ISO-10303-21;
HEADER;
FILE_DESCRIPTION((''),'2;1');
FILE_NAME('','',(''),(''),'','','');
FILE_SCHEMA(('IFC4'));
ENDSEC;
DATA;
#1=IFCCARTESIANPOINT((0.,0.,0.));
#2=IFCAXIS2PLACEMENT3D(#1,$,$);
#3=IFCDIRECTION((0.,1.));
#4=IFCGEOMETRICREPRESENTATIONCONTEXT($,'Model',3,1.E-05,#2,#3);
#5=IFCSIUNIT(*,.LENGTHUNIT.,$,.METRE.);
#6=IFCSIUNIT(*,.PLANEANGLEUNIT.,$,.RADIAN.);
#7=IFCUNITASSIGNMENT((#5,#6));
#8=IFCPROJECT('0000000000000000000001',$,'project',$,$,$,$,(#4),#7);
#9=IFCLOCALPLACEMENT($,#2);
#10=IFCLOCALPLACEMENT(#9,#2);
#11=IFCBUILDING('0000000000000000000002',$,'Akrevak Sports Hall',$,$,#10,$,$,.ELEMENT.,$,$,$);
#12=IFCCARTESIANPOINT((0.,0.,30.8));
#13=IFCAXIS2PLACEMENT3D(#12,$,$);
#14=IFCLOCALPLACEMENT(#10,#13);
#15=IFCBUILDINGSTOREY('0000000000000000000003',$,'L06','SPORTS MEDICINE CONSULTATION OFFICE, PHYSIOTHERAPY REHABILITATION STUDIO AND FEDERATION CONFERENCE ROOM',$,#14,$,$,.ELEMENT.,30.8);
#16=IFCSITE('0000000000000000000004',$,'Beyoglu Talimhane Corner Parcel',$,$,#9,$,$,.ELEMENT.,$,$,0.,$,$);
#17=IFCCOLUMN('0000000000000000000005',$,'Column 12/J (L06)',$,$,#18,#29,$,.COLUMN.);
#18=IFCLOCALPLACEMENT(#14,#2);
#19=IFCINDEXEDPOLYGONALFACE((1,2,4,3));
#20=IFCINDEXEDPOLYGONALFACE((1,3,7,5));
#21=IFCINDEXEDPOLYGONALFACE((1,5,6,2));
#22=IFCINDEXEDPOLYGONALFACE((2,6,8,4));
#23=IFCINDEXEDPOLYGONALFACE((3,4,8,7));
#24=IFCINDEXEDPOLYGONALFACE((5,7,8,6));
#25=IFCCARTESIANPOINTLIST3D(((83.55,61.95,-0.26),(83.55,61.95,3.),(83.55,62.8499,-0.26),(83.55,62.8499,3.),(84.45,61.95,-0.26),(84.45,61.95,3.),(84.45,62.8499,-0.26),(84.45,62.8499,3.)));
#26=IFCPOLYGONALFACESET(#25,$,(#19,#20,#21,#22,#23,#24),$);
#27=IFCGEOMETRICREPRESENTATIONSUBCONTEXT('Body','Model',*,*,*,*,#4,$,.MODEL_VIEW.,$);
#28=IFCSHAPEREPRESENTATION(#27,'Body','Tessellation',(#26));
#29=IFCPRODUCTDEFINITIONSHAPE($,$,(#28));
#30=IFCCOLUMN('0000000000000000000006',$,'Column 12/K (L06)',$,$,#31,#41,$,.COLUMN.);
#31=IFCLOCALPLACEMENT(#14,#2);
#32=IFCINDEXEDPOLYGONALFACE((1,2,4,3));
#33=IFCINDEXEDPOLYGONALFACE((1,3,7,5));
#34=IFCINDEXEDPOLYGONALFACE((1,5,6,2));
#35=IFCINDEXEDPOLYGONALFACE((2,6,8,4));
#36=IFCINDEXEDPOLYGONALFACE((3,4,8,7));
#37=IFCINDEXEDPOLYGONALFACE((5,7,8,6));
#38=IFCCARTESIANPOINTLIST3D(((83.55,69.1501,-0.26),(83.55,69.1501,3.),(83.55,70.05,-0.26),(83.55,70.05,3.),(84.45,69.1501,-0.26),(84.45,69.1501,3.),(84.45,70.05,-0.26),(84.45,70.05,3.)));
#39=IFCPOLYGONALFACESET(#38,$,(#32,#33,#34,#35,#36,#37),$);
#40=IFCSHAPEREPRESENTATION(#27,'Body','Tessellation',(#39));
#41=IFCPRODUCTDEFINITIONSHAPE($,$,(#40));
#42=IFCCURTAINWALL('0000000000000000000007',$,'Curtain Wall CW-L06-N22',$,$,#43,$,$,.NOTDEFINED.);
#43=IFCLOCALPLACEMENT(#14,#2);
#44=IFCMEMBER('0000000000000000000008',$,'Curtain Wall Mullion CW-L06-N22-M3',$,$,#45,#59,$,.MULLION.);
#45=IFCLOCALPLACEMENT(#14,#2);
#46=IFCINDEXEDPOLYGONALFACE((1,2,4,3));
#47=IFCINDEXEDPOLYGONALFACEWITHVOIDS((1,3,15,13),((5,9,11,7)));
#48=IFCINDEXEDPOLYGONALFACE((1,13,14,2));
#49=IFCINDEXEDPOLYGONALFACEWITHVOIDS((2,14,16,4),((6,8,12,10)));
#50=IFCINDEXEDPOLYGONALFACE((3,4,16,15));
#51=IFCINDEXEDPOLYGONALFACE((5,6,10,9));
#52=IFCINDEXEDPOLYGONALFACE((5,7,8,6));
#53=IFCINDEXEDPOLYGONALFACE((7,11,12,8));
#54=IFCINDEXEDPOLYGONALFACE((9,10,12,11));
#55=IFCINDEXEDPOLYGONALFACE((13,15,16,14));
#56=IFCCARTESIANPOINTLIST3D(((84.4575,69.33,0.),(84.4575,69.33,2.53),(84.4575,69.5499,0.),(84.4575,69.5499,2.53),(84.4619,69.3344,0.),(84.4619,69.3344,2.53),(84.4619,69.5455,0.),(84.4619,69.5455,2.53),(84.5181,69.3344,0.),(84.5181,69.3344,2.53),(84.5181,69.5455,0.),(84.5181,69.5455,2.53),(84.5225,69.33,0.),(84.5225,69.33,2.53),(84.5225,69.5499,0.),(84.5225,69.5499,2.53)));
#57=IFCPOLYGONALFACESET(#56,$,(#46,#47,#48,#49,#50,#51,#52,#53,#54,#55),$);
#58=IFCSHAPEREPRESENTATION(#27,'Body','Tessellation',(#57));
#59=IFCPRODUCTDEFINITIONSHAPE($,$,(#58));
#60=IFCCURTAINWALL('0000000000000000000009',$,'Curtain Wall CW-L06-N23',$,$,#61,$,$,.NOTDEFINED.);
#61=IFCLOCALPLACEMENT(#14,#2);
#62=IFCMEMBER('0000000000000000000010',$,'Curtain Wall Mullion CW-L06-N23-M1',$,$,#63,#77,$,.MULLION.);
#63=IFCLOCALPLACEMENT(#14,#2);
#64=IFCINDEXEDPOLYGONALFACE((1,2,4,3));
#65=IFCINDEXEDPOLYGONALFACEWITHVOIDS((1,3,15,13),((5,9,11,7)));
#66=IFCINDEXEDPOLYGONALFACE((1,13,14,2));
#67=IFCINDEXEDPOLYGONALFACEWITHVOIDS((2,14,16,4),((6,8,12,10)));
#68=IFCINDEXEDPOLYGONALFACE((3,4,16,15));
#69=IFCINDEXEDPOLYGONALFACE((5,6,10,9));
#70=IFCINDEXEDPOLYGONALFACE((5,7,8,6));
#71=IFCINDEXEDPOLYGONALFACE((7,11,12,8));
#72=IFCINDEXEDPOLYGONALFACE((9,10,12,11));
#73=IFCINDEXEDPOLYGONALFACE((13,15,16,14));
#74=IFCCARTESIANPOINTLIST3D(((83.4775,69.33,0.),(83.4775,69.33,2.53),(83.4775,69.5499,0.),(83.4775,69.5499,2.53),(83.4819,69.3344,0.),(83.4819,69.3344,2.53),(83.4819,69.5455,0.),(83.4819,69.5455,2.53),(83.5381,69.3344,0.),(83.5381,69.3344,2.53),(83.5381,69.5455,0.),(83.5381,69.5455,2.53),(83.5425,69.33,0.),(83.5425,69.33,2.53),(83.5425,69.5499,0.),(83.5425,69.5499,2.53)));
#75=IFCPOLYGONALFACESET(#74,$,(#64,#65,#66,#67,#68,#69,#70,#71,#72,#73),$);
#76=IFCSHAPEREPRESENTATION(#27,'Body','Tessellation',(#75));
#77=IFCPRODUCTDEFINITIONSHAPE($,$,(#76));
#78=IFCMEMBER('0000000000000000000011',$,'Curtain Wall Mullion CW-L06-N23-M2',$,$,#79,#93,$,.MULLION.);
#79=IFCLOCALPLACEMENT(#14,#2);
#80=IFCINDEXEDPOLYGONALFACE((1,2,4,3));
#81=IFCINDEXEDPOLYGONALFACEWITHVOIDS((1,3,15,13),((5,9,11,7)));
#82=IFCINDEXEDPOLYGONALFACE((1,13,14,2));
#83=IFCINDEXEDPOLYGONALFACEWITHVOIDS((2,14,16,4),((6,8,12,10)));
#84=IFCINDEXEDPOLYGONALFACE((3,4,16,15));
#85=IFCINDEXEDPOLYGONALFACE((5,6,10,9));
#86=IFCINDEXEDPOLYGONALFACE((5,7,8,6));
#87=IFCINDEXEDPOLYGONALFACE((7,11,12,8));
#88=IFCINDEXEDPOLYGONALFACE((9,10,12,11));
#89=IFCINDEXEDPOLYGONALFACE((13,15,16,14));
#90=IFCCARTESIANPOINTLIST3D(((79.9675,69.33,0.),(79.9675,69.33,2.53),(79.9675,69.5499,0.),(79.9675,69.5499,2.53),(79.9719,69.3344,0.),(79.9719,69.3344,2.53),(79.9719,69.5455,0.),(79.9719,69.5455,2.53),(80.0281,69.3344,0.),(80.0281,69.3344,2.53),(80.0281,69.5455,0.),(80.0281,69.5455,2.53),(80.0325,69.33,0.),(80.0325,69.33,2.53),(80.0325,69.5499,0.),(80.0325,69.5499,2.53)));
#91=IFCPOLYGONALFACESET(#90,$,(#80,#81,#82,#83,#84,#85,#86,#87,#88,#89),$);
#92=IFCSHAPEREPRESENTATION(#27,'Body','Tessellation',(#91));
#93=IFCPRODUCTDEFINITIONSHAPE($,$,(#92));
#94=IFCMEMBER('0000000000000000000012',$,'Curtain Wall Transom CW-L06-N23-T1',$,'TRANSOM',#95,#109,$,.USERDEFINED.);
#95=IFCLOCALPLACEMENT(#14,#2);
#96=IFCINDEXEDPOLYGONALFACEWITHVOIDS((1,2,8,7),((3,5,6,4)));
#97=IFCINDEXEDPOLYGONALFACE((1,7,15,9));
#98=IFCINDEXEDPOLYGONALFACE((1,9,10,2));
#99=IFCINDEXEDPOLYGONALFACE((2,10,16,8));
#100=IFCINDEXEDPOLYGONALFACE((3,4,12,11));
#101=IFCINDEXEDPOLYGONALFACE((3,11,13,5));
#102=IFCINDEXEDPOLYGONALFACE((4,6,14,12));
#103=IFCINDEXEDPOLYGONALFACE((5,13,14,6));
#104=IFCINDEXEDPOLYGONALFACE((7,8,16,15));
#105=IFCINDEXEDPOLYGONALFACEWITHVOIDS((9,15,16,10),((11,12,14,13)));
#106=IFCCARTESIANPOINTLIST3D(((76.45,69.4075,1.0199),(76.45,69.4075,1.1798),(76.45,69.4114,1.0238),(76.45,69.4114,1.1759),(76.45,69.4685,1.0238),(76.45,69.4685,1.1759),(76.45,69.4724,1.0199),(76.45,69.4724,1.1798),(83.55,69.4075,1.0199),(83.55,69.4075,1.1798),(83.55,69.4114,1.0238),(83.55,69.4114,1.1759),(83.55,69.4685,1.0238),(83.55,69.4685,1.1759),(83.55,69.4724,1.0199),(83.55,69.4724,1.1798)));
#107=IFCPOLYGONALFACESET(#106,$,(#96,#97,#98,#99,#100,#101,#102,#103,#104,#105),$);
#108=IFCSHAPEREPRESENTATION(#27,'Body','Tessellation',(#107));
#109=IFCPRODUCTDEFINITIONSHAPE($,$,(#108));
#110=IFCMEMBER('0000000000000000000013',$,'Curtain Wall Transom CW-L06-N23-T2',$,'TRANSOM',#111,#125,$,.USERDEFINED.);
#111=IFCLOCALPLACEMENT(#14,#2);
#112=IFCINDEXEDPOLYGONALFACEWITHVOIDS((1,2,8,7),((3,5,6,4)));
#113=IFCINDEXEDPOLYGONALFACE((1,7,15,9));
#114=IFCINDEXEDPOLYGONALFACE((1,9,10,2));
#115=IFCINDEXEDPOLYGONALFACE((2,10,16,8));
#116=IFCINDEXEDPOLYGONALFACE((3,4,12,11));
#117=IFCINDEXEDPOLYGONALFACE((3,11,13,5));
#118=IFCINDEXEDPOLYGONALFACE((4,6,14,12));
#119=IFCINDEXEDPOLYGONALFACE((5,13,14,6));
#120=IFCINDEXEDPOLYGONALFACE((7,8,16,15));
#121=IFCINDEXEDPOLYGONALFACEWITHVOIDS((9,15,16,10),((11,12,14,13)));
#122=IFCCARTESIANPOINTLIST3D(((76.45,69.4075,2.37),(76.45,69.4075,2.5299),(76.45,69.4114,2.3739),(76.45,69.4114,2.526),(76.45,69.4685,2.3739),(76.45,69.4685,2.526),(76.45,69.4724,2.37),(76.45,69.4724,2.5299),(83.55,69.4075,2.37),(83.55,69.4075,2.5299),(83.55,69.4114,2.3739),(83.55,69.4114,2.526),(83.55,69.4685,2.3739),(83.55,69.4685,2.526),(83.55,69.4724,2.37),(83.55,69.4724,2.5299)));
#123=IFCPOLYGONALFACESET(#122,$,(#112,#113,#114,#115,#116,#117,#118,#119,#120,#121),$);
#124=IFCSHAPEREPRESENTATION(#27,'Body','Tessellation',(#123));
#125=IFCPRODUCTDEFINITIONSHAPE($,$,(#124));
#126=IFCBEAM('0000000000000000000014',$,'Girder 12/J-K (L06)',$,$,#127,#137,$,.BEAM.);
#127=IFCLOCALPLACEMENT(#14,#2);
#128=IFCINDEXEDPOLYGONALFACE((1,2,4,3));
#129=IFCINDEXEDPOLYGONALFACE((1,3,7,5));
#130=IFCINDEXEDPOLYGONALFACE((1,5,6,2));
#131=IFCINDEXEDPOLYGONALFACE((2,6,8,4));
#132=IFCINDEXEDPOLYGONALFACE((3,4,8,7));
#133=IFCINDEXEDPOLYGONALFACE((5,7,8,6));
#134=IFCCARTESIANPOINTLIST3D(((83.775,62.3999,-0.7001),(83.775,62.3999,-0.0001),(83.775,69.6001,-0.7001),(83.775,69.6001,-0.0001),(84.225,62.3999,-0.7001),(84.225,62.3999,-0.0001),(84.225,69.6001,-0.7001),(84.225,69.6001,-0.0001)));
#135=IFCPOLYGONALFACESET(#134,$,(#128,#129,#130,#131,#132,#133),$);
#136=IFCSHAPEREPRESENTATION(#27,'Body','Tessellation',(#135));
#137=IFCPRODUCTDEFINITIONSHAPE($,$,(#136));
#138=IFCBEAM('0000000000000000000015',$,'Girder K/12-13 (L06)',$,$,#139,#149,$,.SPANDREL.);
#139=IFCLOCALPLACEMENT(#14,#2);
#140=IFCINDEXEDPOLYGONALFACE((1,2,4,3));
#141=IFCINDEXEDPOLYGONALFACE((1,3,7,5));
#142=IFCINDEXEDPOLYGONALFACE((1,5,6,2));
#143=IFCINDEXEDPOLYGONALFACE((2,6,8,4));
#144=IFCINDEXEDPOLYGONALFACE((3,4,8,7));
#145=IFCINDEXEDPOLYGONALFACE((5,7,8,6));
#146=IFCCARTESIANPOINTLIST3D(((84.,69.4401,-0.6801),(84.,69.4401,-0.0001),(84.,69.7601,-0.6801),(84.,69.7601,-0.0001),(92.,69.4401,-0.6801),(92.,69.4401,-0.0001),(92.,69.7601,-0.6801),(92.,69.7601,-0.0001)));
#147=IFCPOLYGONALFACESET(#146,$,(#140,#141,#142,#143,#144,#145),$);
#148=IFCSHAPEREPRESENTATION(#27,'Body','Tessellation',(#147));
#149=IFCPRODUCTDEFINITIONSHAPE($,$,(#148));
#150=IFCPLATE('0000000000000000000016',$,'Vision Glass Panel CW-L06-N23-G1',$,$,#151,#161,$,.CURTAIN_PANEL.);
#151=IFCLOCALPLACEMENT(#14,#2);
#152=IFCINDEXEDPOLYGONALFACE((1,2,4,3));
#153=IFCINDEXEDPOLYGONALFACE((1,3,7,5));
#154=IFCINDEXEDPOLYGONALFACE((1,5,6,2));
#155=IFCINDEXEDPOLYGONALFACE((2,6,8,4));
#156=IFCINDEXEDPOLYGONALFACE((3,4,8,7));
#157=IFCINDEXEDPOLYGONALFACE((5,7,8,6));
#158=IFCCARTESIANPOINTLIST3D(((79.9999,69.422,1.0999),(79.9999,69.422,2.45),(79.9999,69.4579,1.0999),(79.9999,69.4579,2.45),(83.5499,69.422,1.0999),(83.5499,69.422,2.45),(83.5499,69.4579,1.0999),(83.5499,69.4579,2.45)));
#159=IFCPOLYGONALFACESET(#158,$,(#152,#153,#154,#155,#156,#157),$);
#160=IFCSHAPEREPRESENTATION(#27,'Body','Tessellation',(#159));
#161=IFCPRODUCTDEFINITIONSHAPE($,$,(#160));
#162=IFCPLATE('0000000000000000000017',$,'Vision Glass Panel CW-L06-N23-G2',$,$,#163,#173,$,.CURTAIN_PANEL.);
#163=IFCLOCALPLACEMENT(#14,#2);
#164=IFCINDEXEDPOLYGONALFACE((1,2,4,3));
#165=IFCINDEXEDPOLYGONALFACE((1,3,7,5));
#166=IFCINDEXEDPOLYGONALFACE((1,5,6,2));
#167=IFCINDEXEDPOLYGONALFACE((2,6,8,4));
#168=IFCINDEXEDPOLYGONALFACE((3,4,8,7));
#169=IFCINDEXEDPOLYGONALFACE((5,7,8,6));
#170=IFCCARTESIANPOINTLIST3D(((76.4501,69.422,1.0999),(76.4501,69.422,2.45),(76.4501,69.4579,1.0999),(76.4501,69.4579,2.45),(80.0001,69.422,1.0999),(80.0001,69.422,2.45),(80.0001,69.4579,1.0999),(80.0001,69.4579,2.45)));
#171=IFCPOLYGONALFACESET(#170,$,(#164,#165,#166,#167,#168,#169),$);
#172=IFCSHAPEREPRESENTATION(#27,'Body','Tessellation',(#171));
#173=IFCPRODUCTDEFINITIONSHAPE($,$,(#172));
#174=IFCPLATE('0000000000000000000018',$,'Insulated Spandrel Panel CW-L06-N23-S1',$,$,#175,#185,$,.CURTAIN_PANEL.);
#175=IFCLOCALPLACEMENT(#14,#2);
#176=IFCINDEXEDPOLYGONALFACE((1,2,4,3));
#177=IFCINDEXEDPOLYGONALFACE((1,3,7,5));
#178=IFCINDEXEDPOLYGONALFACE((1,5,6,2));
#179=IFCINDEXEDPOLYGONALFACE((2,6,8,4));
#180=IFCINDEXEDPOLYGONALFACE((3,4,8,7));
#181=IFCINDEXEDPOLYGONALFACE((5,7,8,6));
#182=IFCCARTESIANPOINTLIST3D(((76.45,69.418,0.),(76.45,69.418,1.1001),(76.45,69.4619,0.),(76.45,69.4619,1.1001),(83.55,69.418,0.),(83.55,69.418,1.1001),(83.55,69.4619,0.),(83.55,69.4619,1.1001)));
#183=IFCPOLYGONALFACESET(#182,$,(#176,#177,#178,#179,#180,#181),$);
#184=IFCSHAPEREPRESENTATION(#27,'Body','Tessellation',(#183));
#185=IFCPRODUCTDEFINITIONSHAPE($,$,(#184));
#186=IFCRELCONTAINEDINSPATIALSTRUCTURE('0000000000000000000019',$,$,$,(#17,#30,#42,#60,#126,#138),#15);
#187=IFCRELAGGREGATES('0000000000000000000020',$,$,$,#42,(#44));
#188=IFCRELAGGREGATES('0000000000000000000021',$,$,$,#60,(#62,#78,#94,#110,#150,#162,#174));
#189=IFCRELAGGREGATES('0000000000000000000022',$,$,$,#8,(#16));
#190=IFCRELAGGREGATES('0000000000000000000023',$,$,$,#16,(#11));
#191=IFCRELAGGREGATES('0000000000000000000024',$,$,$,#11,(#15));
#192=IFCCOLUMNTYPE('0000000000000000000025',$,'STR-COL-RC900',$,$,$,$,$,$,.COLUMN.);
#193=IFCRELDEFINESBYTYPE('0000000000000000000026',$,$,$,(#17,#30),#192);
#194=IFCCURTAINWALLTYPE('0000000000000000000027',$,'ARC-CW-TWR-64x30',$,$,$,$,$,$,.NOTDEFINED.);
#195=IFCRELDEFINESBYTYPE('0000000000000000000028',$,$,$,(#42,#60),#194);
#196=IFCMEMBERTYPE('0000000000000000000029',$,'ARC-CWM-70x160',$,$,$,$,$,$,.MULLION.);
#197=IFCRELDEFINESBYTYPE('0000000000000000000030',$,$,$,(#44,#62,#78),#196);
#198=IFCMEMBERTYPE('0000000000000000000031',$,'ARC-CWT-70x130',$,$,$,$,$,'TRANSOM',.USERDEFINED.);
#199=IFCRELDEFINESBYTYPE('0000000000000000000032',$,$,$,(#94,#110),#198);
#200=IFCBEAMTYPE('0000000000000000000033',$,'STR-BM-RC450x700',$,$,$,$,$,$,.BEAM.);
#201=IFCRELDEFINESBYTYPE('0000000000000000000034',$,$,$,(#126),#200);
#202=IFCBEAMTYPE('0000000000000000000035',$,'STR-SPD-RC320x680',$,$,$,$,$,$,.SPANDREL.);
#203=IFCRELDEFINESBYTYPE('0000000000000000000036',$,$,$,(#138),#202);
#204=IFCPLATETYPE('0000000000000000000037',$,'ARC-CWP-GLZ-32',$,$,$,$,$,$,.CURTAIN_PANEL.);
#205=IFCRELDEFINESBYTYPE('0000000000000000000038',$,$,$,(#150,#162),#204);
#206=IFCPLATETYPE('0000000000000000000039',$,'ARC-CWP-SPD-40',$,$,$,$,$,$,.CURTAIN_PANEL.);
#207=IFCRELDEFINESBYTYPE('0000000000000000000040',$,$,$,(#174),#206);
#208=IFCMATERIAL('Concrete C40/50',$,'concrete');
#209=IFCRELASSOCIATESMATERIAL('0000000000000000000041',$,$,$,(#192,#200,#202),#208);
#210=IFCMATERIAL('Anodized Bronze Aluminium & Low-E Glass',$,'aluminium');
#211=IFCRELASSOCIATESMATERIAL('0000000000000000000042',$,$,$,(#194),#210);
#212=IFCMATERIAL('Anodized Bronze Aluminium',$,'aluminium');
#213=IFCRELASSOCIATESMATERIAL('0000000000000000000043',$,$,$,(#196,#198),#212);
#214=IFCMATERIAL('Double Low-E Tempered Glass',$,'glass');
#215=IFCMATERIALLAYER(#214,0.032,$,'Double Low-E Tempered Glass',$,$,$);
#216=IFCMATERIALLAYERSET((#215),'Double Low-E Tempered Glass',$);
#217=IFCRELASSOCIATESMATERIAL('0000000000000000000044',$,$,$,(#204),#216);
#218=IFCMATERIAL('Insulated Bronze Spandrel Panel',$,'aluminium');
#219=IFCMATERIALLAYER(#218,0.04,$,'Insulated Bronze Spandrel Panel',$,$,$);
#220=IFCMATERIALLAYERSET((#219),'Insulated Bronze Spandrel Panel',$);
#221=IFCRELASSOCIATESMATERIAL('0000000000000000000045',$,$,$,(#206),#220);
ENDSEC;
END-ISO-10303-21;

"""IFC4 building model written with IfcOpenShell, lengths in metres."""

from ifc_helpers import new_model, si_unit, direction, frame, origin, origin_2d, place, context, subcontext, project, spatial, rectangle, hollow_rectangle, extrude, material, layer, layer_set, material_profile, profile_set, type_object, element, aggregate, save


model = new_model("IFC4")

# Units and contexts
model_context = context("Model", 3, precision=1e-05, world=origin(), true_north=direction((0.0, 1.0)))
body_context = subcontext(model_context, "Body", "Model", "MODEL_VIEW")
ifc_project = project(units=[si_unit("LENGTHUNIT", "METRE"), si_unit("PLANEANGLEUNIT", "RADIAN")], contexts=[model_context])

# Site, building, storey
site_placement = place(None, origin())
site = spatial("IfcSite", under=ifc_project, at=site_placement, Name="Beyoglu Talimhane Corner Parcel", CompositionType="ELEMENT", RefElevation=0.0)
building_placement = place(site_placement, origin())
building = spatial("IfcBuilding", under=site, at=building_placement, Name="Akrevak Sports Hall", CompositionType="ELEMENT")
storey_placement = place(building_placement, frame((0.0, 0.0, 30.8)))
storey = spatial("IfcBuildingStorey", under=building, at=storey_placement, Name="L06", Description="SPORTS MEDICINE CONSULTATION OFFICE, PHYSIOTHERAPY REHABILITATION STUDIO AND FEDERATION CONFERENCE ROOM", CompositionType="ELEMENT", Elevation=30.8)

# Columns
ifc_material_1 = material(Name="Concrete C40/50", Category="concrete")
ifc_material_profile_1 = material_profile(ifc_material_1, rectangle(XDim=0.8999, YDim=0.8999, at=origin_2d()), Name="RC 900x900", Category="concrete")
ifc_profile_set_1 = profile_set([ifc_material_profile_1], Name="Concrete C40/50")
column_type = type_object("IfcColumnType", Name="STR-COL-RC900", PredefinedType="COLUMN", material=ifc_profile_set_1)
for number, where, z_axis, x_axis, name in (
    (1, (84.0, 62.3999, -0.26), (0.0, 0.0, 1.0), (1.0, 0.0, 0.0), "Column 12/J (L06)"),
    (2, (84.0, 69.6001, -0.26), (0.0, 0.0, 1.0), (1.0, 0.0, 0.0), "Column 12/K (L06)"),
):
    element("IfcColumn", number, at=place(storey_placement, frame(where, z_axis=z_axis, x_axis=x_axis)), inside=storey, type_object=column_type, Name=name, PredefinedType="COLUMN", context=body_context, shape_type="SweptSolid", body=[
        extrude(rectangle(XDim=0.8999, YDim=0.8999, at=origin_2d()), origin(), (0.0, 0.0, 1.0), 3.26),
    ])

# Curtain wall, member
ifc_material_2 = material(Name="Anodized Bronze Aluminium & Low-E Glass", Category="aluminium")
curtain_wall_type = type_object("IfcCurtainWallType", Name="ARC-CW-TWR-64x30", PredefinedType="NOTDEFINED", material=ifc_material_2)
curtain_wall_1_placement = place(storey_placement, origin())
curtain_wall_1 = element("IfcCurtainWall", 3, at=curtain_wall_1_placement, inside=storey, type_object=curtain_wall_type, Name="Curtain Wall CW-L06-N22", PredefinedType="NOTDEFINED")
ifc_material_3 = material(Name="Anodized Bronze Aluminium", Category="aluminium")
ifc_material_profile_2 = material_profile(ifc_material_3, hollow_rectangle(XDim=0.0649, YDim=0.22, WallThickness=0.0044, at=origin_2d()), Name="CWM 65x220", Category="aluminium")
ifc_profile_set_2 = profile_set([ifc_material_profile_2], Name="Anodized Bronze Aluminium")
member_type_1 = type_object("IfcMemberType", Name="ARC-CWM-70x160", PredefinedType="MULLION", material=ifc_profile_set_2)
member_1_placement = place(storey_placement, frame((84.49, 69.4399, 0.0), z_axis=(0.0, 0.0, 1.0), x_axis=(-1.0, 0.0, 0.0)))
member_1 = element("IfcMember", 4, at=member_1_placement, type_object=member_type_1, Name="Curtain Wall Mullion CW-L06-N22-M3", PredefinedType="MULLION", context=body_context, shape_type="SweptSolid", body=[
    extrude(hollow_rectangle(XDim=0.0649, YDim=0.22, WallThickness=0.0044, at=origin_2d()), origin(), (0.0, 0.0, 1.0), 2.53),
])
aggregate(curtain_wall_1, [member_1])

# Curtain wall, members
curtain_wall_2_placement = place(storey_placement, origin())
curtain_wall_2 = element("IfcCurtainWall", 5, at=curtain_wall_2_placement, inside=storey, type_object=curtain_wall_type, Name="Curtain Wall CW-L06-N23", PredefinedType="NOTDEFINED")
member_2_placement = place(storey_placement, frame((83.51, 69.4399, 0.0), z_axis=(0.0, 0.0, 1.0), x_axis=(-1.0, 0.0, 0.0)))
member_2 = element("IfcMember", 6, at=member_2_placement, type_object=member_type_1, Name="Curtain Wall Mullion CW-L06-N23-M1", PredefinedType="MULLION", context=body_context, shape_type="SweptSolid", body=[
    extrude(hollow_rectangle(XDim=0.0649, YDim=0.22, WallThickness=0.0044, at=origin_2d()), origin(), (0.0, 0.0, 1.0), 2.53),
])
member_3_placement = place(storey_placement, frame((80.0, 69.4399, 0.0), z_axis=(0.0, 0.0, 1.0), x_axis=(-1.0, 0.0, 0.0)))
member_3 = element("IfcMember", 7, at=member_3_placement, type_object=member_type_1, Name="Curtain Wall Mullion CW-L06-N23-M2", PredefinedType="MULLION", context=body_context, shape_type="SweptSolid", body=[
    extrude(hollow_rectangle(XDim=0.0649, YDim=0.22, WallThickness=0.0044, at=origin_2d()), origin(), (0.0, 0.0, 1.0), 2.53),
])
ifc_material_profile_3 = material_profile(ifc_material_3, hollow_rectangle(XDim=0.0649, YDim=0.1599, WallThickness=0.0039, at=origin_2d()), Name="CWT 65x160", Category="aluminium")
ifc_profile_set_3 = profile_set([ifc_material_profile_3], Name="Anodized Bronze Aluminium")
member_type_2 = type_object("IfcMemberType", Name="ARC-CWT-70x130", ElementType="TRANSOM", PredefinedType="USERDEFINED", material=ifc_profile_set_3)
member_4_placement = place(storey_placement, frame((83.55, 69.4399, 1.0999), z_axis=(-1.0, 0.0, 0.0), x_axis=(0.0, -1.0, 0.0)))
member_4 = element("IfcMember", 8, at=member_4_placement, type_object=member_type_2, Name="Curtain Wall Transom CW-L06-N23-T1", ObjectType="TRANSOM", PredefinedType="USERDEFINED", context=body_context, shape_type="SweptSolid", body=[
    extrude(hollow_rectangle(XDim=0.0649, YDim=0.1599, WallThickness=0.0039, at=origin_2d()), origin(), (0.0, 0.0, 1.0), 7.1001),
])
member_5_placement = place(storey_placement, frame((83.55, 69.4399, 2.45), z_axis=(-1.0, 0.0, 0.0), x_axis=(0.0, -1.0, 0.0)))
member_5 = element("IfcMember", 9, at=member_5_placement, type_object=member_type_2, Name="Curtain Wall Transom CW-L06-N23-T2", ObjectType="TRANSOM", PredefinedType="USERDEFINED", context=body_context, shape_type="SweptSolid", body=[
    extrude(hollow_rectangle(XDim=0.0649, YDim=0.1599, WallThickness=0.0039, at=origin_2d()), origin(), (0.0, 0.0, 1.0), 7.1001),
])

# Beams
ifc_material_profile_4 = material_profile(ifc_material_1, rectangle(XDim=0.45, YDim=0.7, at=origin_2d()), Name="BM 450x700", Category="concrete")
ifc_profile_set_4 = profile_set([ifc_material_profile_4], Name="Concrete C40/50")
beam_type_1 = type_object("IfcBeamType", Name="STR-BM-RC450x700", PredefinedType="BEAM", material=ifc_profile_set_4)
beam_1_placement = place(storey_placement, frame((84.0, 62.3999, -0.3501), z_axis=(0.0, 1.0, 0.0), x_axis=(-1.0, 0.0, 0.0)))
element("IfcBeam", 10, at=beam_1_placement, inside=storey, type_object=beam_type_1, Name="Girder 12/J-K (L06)", PredefinedType="BEAM", context=body_context, shape_type="SweptSolid", body=[
    extrude(rectangle(XDim=0.45, YDim=0.7, at=origin_2d()), origin(), (0.0, 0.0, 1.0), 7.2002),
])
ifc_material_profile_5 = material_profile(ifc_material_1, rectangle(XDim=0.3201, YDim=0.6799, at=origin_2d()), Name="SPD 320x680", Category="concrete")
ifc_profile_set_5 = profile_set([ifc_material_profile_5], Name="Concrete C40/50")
beam_type_2 = type_object("IfcBeamType", Name="STR-SPD-RC320x680", PredefinedType="SPANDREL", material=ifc_profile_set_5)
beam_2_placement = place(storey_placement, frame((84.0, 69.6001, -0.3401), z_axis=(1.0, 0.0, 0.0), x_axis=(0.0, 1.0, 0.0)))
element("IfcBeam", 11, at=beam_2_placement, inside=storey, type_object=beam_type_2, Name="Girder K/12-13 (L06)", PredefinedType="SPANDREL", context=body_context, shape_type="SweptSolid", body=[
    extrude(rectangle(XDim=0.3201, YDim=0.6799, at=origin_2d()), origin(), (0.0, 0.0, 1.0), 8.0),
])

# Plates
ifc_material_4 = material(Name="Double Low-E Tempered Glass", Category="glass")
ifc_layer_1 = layer(ifc_material_4, 0.032, Name="Double Low-E Tempered Glass")
ifc_layer_set_1 = layer_set([ifc_layer_1], Name="Double Low-E Tempered Glass")
plate_type_1 = type_object("IfcPlateType", Name="ARC-CWP-GLZ-32", PredefinedType="CURTAIN_PANEL", material=ifc_layer_set_1)
plate_1_placement = place(storey_placement, frame((81.7749, 69.4399, 1.0999), z_axis=(0.0, 0.0, 1.0), x_axis=(-1.0, 0.0, 0.0)))
plate_1 = element("IfcPlate", 12, at=plate_1_placement, type_object=plate_type_1, Name="Vision Glass Panel CW-L06-N23-G1", PredefinedType="CURTAIN_PANEL", context=body_context, shape_type="SweptSolid", body=[
    extrude(rectangle(XDim=3.55, YDim=0.0359, at=origin_2d()), origin(), (0.0, 0.0, 1.0), 1.3501),
])
plate_2_placement = place(storey_placement, frame((78.2251, 69.4399, 1.0999), z_axis=(0.0, 0.0, 1.0), x_axis=(-1.0, 0.0, 0.0)))
plate_2 = element("IfcPlate", 13, at=plate_2_placement, type_object=plate_type_1, Name="Vision Glass Panel CW-L06-N23-G2", PredefinedType="CURTAIN_PANEL", context=body_context, shape_type="SweptSolid", body=[
    extrude(rectangle(XDim=3.55, YDim=0.0359, at=origin_2d()), origin(), (0.0, 0.0, 1.0), 1.3501),
])
ifc_material_5 = material(Name="Insulated Bronze Spandrel Panel", Category="aluminium")
ifc_layer_2 = layer(ifc_material_5, 0.04, Name="Insulated Bronze Spandrel Panel")
ifc_layer_set_2 = layer_set([ifc_layer_2], Name="Insulated Bronze Spandrel Panel")
plate_type_2 = type_object("IfcPlateType", Name="ARC-CWP-SPD-40", PredefinedType="CURTAIN_PANEL", material=ifc_layer_set_2)
plate_3_placement = place(storey_placement, frame((80.0, 69.4399, 0.0), z_axis=(0.0, 0.0, 1.0), x_axis=(-1.0, 0.0, 0.0)))
plate_3 = element("IfcPlate", 14, at=plate_3_placement, type_object=plate_type_2, Name="Insulated Spandrel Panel CW-L06-N23-S1", PredefinedType="CURTAIN_PANEL", context=body_context, shape_type="SweptSolid", body=[
    extrude(rectangle(XDim=7.1001, YDim=0.0439, at=origin_2d()), origin(), (0.0, 0.0, 1.0), 1.1001),
])
aggregate(curtain_wall_2, [member_2, member_3, member_4, member_5, plate_1, plate_2, plate_3])

save(model, "model.ifc")
